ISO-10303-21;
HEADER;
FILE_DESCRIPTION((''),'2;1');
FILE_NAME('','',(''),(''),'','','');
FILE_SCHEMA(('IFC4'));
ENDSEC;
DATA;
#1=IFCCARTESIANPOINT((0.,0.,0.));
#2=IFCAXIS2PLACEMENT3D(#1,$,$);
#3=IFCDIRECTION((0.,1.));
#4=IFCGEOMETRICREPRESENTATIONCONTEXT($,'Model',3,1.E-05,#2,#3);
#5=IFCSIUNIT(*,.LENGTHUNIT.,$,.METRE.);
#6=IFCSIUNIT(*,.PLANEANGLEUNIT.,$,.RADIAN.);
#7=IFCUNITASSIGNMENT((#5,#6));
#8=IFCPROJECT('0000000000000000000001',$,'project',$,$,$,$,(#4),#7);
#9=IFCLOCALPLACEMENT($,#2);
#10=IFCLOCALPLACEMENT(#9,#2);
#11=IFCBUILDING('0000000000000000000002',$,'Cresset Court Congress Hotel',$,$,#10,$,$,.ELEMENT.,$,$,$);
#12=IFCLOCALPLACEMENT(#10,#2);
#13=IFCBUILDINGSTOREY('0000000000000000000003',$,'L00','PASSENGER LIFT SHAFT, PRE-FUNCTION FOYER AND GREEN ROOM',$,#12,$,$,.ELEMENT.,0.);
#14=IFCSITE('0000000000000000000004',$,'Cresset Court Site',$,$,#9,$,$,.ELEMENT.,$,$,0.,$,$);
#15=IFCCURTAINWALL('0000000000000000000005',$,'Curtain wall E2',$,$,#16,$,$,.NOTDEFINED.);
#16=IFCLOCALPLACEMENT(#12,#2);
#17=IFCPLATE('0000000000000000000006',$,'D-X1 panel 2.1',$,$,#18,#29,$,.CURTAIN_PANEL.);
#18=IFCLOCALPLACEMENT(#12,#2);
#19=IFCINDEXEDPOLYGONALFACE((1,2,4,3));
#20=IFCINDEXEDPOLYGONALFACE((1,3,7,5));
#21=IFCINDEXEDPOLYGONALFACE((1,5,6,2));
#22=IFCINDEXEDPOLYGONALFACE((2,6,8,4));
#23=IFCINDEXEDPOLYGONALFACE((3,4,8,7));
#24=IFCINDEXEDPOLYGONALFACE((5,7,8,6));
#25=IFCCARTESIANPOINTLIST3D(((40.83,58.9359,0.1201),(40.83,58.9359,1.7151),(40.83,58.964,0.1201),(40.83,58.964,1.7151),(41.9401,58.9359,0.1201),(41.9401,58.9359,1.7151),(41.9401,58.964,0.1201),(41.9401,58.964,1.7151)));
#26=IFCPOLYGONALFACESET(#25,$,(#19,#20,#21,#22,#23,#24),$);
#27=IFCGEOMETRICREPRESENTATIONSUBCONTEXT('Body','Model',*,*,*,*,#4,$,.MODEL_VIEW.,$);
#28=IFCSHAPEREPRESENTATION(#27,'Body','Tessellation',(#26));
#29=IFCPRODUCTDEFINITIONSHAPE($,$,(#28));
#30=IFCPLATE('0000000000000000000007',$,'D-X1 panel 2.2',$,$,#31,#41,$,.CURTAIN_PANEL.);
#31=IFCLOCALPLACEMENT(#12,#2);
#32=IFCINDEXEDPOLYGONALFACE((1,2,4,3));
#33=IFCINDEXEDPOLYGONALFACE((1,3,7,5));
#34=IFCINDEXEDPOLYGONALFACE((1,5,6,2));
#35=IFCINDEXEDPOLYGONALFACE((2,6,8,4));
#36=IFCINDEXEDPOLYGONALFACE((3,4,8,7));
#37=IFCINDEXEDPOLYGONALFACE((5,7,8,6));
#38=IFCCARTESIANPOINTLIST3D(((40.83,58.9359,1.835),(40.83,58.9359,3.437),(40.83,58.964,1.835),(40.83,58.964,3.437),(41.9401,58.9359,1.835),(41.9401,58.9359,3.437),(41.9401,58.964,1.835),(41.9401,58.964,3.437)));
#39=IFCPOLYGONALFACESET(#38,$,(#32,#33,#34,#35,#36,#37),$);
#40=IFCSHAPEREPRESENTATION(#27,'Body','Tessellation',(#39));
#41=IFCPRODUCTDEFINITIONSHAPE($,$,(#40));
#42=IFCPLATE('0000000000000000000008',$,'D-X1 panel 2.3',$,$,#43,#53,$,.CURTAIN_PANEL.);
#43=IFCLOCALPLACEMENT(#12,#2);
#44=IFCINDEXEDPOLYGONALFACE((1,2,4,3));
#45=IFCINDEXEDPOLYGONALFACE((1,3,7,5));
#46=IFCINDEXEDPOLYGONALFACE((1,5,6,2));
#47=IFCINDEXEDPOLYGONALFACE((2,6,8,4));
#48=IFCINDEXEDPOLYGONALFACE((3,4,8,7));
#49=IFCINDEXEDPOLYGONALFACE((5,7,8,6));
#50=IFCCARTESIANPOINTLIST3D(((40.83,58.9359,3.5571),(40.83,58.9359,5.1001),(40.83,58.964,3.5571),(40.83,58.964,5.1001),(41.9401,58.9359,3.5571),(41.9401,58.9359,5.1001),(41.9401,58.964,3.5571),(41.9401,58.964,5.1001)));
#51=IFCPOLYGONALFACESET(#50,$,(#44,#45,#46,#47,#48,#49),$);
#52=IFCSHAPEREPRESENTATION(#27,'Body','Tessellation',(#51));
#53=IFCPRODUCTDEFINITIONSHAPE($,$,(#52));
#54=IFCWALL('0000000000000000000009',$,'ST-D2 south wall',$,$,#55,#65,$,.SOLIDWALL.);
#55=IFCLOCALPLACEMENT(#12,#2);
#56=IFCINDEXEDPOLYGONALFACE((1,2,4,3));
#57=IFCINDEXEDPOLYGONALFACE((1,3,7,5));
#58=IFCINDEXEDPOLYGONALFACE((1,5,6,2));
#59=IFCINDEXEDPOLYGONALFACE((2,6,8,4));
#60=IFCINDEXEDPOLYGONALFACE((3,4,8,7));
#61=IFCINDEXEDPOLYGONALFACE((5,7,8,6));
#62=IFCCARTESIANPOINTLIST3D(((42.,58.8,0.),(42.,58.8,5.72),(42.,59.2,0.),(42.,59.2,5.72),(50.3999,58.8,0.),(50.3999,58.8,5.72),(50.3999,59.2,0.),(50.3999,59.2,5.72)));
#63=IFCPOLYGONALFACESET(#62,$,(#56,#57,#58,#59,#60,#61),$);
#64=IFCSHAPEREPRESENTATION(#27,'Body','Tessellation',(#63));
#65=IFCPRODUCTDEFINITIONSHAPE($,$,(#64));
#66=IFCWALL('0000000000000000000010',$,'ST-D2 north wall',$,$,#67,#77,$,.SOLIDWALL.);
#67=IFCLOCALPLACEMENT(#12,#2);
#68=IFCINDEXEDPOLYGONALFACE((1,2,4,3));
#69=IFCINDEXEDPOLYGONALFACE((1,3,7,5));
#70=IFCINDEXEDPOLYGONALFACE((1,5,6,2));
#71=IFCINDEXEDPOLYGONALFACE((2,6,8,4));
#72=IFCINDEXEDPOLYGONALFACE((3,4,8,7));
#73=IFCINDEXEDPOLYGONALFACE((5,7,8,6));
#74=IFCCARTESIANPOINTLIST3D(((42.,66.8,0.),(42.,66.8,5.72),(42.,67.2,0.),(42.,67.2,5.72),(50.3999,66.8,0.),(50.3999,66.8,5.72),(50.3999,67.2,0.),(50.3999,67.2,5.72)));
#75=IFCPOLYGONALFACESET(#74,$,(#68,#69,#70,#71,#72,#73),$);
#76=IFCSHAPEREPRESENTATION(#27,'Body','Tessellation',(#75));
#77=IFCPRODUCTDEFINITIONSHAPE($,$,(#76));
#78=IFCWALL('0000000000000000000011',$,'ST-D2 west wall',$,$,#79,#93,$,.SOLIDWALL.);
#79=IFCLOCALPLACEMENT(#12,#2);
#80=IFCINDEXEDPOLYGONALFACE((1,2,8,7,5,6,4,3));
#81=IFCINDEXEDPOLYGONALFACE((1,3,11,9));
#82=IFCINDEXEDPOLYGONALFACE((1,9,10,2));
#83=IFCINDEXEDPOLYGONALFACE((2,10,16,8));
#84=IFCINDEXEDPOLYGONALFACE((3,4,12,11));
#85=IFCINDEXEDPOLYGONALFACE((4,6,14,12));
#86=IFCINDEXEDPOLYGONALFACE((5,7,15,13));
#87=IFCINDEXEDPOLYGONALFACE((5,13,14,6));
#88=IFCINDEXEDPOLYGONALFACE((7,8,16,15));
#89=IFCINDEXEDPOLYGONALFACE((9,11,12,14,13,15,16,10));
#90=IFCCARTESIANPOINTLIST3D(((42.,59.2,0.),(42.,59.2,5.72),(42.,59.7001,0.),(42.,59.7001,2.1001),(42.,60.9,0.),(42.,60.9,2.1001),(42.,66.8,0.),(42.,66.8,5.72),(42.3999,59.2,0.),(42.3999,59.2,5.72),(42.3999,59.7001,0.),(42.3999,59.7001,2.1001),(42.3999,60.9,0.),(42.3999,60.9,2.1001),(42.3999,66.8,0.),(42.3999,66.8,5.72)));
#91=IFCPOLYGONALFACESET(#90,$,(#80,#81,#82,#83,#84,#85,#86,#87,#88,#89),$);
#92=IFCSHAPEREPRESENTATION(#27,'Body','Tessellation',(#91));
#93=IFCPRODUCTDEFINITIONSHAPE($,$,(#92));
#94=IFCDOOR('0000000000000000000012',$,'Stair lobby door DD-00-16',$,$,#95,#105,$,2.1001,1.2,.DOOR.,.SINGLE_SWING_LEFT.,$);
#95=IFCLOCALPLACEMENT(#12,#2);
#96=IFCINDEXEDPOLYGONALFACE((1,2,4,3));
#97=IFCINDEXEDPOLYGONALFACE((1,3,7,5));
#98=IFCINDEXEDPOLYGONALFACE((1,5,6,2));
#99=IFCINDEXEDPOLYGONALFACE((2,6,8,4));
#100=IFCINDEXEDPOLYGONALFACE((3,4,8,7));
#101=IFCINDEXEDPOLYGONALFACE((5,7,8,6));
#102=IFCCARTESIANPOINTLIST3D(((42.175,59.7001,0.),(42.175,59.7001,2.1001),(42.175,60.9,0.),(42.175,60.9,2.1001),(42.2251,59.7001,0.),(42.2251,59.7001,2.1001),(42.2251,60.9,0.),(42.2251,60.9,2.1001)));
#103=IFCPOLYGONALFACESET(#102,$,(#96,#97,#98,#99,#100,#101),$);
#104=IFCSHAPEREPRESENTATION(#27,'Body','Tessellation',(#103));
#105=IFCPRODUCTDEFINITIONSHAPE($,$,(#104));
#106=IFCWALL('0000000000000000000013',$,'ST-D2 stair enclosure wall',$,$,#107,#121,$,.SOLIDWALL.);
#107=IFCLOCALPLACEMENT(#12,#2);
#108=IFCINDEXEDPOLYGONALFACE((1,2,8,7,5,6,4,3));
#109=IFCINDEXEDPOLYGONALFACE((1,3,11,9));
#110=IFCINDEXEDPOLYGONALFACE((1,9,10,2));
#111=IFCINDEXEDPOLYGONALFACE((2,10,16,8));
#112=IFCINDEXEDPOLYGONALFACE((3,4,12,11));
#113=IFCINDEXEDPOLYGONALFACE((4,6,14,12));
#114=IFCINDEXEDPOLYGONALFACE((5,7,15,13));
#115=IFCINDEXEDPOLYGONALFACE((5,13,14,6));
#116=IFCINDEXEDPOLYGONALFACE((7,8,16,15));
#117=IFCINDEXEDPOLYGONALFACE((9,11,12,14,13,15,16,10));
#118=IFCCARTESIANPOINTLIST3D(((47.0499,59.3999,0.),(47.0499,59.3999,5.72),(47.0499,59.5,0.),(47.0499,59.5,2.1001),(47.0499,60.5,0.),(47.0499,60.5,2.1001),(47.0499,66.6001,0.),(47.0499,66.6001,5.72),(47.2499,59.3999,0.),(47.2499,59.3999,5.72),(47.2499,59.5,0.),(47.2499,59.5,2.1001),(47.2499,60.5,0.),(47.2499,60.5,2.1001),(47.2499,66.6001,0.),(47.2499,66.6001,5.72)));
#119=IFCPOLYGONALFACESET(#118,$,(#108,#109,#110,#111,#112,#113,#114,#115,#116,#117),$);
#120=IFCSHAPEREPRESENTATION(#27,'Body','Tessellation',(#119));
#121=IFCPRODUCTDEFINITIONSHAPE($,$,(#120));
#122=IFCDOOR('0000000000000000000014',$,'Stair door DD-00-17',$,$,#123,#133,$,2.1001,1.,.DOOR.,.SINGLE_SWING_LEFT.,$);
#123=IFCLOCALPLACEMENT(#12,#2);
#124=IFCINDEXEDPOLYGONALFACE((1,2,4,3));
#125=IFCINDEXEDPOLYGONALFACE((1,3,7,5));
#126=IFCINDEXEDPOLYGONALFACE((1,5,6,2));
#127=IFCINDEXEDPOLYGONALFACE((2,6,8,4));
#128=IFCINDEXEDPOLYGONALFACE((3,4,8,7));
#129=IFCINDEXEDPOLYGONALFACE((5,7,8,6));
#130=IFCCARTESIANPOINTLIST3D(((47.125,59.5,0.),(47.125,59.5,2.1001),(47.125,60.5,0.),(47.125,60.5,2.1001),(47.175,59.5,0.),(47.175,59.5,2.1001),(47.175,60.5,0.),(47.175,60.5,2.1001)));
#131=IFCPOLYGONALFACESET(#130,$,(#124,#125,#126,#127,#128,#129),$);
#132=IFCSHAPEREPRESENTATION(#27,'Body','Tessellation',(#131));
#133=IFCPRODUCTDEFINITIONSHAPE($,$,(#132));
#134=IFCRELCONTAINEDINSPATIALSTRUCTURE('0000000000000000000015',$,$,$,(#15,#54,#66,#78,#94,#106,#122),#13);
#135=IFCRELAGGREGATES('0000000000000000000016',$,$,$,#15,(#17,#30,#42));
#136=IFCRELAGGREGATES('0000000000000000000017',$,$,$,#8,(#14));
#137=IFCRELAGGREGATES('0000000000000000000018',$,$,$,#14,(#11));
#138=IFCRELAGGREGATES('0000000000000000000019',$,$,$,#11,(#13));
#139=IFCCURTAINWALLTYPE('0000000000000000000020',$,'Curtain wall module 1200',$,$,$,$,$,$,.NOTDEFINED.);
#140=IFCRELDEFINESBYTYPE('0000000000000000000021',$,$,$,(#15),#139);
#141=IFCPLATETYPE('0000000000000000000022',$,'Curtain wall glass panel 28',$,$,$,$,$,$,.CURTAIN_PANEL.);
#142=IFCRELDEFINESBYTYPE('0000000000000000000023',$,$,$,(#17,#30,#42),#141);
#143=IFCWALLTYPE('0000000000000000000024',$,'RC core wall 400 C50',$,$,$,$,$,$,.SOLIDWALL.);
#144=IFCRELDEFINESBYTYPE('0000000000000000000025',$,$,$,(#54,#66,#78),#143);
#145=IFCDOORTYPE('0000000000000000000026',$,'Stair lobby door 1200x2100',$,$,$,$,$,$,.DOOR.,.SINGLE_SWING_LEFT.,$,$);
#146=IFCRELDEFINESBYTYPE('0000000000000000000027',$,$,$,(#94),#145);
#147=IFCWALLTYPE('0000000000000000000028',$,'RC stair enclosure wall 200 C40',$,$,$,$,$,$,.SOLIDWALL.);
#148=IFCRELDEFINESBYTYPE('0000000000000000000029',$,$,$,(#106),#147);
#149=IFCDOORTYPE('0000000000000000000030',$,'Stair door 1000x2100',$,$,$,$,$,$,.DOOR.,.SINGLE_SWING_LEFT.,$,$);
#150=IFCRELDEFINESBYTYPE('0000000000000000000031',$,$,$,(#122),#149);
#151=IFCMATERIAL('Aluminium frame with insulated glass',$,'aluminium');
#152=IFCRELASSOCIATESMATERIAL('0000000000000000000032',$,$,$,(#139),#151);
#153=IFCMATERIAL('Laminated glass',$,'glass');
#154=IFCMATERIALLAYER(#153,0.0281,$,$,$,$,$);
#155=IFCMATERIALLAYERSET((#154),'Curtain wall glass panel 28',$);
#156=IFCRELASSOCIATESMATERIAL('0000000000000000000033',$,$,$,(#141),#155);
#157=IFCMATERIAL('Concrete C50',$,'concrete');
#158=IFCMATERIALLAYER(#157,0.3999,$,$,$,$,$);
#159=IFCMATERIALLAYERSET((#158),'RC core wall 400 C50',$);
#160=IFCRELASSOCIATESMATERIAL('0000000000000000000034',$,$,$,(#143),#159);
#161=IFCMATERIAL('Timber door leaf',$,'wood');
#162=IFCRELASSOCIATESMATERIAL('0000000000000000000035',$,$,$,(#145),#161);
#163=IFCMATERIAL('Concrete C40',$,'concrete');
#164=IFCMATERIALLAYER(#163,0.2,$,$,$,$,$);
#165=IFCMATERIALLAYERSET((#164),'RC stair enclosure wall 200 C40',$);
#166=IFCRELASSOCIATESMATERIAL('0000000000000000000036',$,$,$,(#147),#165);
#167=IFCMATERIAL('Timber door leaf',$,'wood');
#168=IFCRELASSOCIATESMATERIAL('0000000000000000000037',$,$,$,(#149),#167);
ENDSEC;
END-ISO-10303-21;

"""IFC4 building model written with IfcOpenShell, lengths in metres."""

from ifc_helpers import new_model, si_unit, direction, frame, frame_2d, origin, origin_2d, place, context, subcontext, project, spatial, rectangle, extrude, material, layer, layer_set, type_object, element, fill, aggregate, save


model = new_model("IFC4")

# Units and contexts
model_context = context("Model", 3, precision=1e-05, world=origin(), true_north=direction((0.0, 1.0)))
body_context = subcontext(model_context, "Body", "Model", "MODEL_VIEW")
ifc_project = project(units=[si_unit("LENGTHUNIT", "METRE"), si_unit("PLANEANGLEUNIT", "RADIAN")], contexts=[model_context])

# Site, building, storey
site_placement = place(None, origin())
site = spatial("IfcSite", under=ifc_project, at=site_placement, Name="Cresset Court Site", CompositionType="ELEMENT", RefElevation=0.0)
building_placement = place(site_placement, origin())
building = spatial("IfcBuilding", under=site, at=building_placement, Name="Cresset Court Congress Hotel", CompositionType="ELEMENT")
storey_placement = place(building_placement, origin())
storey = spatial("IfcBuildingStorey", under=building, at=storey_placement, Name="L00", Description="PASSENGER LIFT SHAFT, PRE-FUNCTION FOYER AND GREEN ROOM", CompositionType="ELEMENT", Elevation=0.0)

# Curtain wall, plates
ifc_material_1 = material(Name="Aluminium frame with insulated glass", Category="aluminium")
curtain_wall_type = type_object("IfcCurtainWallType", Name="Curtain wall module 1200", PredefinedType="NOTDEFINED", material=ifc_material_1)
curtain_wall_placement = place(storey_placement, origin())
curtain_wall = element("IfcCurtainWall", 1, at=curtain_wall_placement, inside=storey, type_object=curtain_wall_type, Name="Curtain wall E2", PredefinedType="NOTDEFINED")
ifc_material_2 = material(Name="Laminated glass", Category="glass")
ifc_layer_1 = layer(ifc_material_2, 0.0281)
ifc_layer_set_1 = layer_set([ifc_layer_1], Name="Curtain wall glass panel 28")
plate_type = type_object("IfcPlateType", Name="Curtain wall glass panel 28", PredefinedType="CURTAIN_PANEL", material=ifc_layer_set_1)
plate_1_placement = place(storey_placement, frame((41.385, 58.95, 0.1201), z_axis=(0.0, 0.0, 1.0), x_axis=(1.0, 0.0, 0.0)))
plate_1 = element("IfcPlate", 2, at=plate_1_placement, type_object=plate_type, Name="D-X1 panel 2.1", PredefinedType="CURTAIN_PANEL", context=body_context, shape_type="SweptSolid", body=[
    extrude(rectangle(XDim=1.1101, YDim=0.0281, at=origin_2d()), origin(), (0.0, 0.0, 1.0), 1.595),
])
plate_2_placement = place(storey_placement, frame((41.385, 58.95, 1.835), z_axis=(0.0, 0.0, 1.0), x_axis=(1.0, 0.0, 0.0)))
plate_2 = element("IfcPlate", 3, at=plate_2_placement, type_object=plate_type, Name="D-X1 panel 2.2", PredefinedType="CURTAIN_PANEL", context=body_context, shape_type="SweptSolid", body=[
    extrude(rectangle(XDim=1.1101, YDim=0.0281, at=origin_2d()), origin(), (0.0, 0.0, 1.0), 1.6021),
])
plate_3_placement = place(storey_placement, frame((41.385, 58.95, 3.5571), z_axis=(0.0, 0.0, 1.0), x_axis=(1.0, 0.0, 0.0)))
plate_3 = element("IfcPlate", 4, at=plate_3_placement, type_object=plate_type, Name="D-X1 panel 2.3", PredefinedType="CURTAIN_PANEL", context=body_context, shape_type="SweptSolid", body=[
    extrude(rectangle(XDim=1.1101, YDim=0.0281, at=origin_2d()), origin(), (0.0, 0.0, 1.0), 1.543),
])
aggregate(curtain_wall, [plate_1, plate_2, plate_3])

# Walls
ifc_material_3 = material(Name="Concrete C50", Category="concrete")
ifc_layer_2 = layer(ifc_material_3, 0.3999)
ifc_layer_set_2 = layer_set([ifc_layer_2], Name="RC core wall 400 C50")
wall_type_1 = type_object("IfcWallType", Name="RC core wall 400 C50", PredefinedType="SOLIDWALL", material=ifc_layer_set_2)
for number, where, z_axis, x_axis, name in (
    (5, (42.0, 59.0, 0.0), (0.0, 0.0, 1.0), (1.0, 0.0, 0.0), "ST-D2 south wall"),
    (6, (42.0, 67.0, 0.0), (0.0, 0.0, 1.0), (1.0, 0.0, 0.0), "ST-D2 north wall"),
):
    element("IfcWall", number, at=place(storey_placement, frame(where, z_axis=z_axis, x_axis=x_axis)), inside=storey, type_object=wall_type_1, Name=name, PredefinedType="SOLIDWALL", context=body_context, shape_type="SweptSolid", body=[
        extrude(rectangle(XDim=8.3999, YDim=0.3999, at=frame_2d((4.2, 0.0))), origin(), (0.0, 0.0, 1.0), 5.72),
    ])

# Walls, openings, doors
wall_1_placement = place(storey_placement, frame((42.2, 59.2, 0.0), z_axis=(0.0, 0.0, 1.0), x_axis=(0.0, 1.0, 0.0)))
wall_1 = element("IfcWall", 7, at=wall_1_placement, inside=storey, type_object=wall_type_1, Name="ST-D2 west wall", PredefinedType="SOLIDWALL", context=body_context, shape_type="SweptSolid", body=[
    extrude(rectangle(XDim=7.6001, YDim=0.3999, at=frame_2d((3.8, 0.0))), origin(), (0.0, 0.0, 1.0), 5.72),
])
opening_1_placement = place(wall_1_placement, frame((0.5, 0.0, 0.0)))
opening_1 = element("IfcOpeningElement", 8, at=opening_1_placement, cuts=wall_1, PredefinedType="OPENING", context=body_context, shape_type="SweptSolid", body=[
    extrude(rectangle(XDim=1.2, YDim=2.1001, at=frame_2d((0.6001, 1.05))), frame((0.0, 0.21, 0.0), z_axis=(0.0, -1.0, 0.0), x_axis=(1.0, 0.0, 0.0)), (0.0, 0.0, 1.0), 0.4199),
])
ifc_material_4 = material(Name="Timber door leaf", Category="wood")
door_type_1 = type_object("IfcDoorType", Name="Stair lobby door 1200x2100", OperationType="SINGLE_SWING_LEFT", PredefinedType="DOOR", material=ifc_material_4)
door_1_placement = place(opening_1_placement, origin())
door_1 = element("IfcDoor", 9, at=door_1_placement, inside=storey, type_object=door_type_1, Name="Stair lobby door DD-00-16", OperationType="SINGLE_SWING_LEFT", OverallHeight=2.1001, OverallWidth=1.2, PredefinedType="DOOR", context=body_context, shape_type="SweptSolid", body=[
    extrude(rectangle(XDim=1.2, YDim=2.1001, at=frame_2d((0.6001, 1.05))), frame((0.0, 0.0249, 0.0), z_axis=(0.0, -1.0, 0.0), x_axis=(1.0, 0.0, 0.0)), (0.0, 0.0, 1.0), 0.05),
])
fill(opening_1, door_1)
ifc_material_5 = material(Name="Concrete C40", Category="concrete")
ifc_layer_3 = layer(ifc_material_5, 0.2)
ifc_layer_set_3 = layer_set([ifc_layer_3], Name="RC stair enclosure wall 200 C40")
wall_type_2 = type_object("IfcWallType", Name="RC stair enclosure wall 200 C40", PredefinedType="SOLIDWALL", material=ifc_layer_set_3)
wall_2_placement = place(storey_placement, frame((47.1499, 59.3999, 0.0), z_axis=(0.0, 0.0, 1.0), x_axis=(0.0, 1.0, 0.0)))
wall_2 = element("IfcWall", 10, at=wall_2_placement, inside=storey, type_object=wall_type_2, Name="ST-D2 stair enclosure wall", PredefinedType="SOLIDWALL", context=body_context, shape_type="SweptSolid", body=[
    extrude(rectangle(XDim=7.2002, YDim=0.2, at=frame_2d((3.6001, 0.0))), origin(), (0.0, 0.0, 1.0), 5.72),
])
opening_2_placement = place(wall_2_placement, frame((0.1001, 0.0, 0.0)))
opening_2 = element("IfcOpeningElement", 11, at=opening_2_placement, cuts=wall_2, PredefinedType="OPENING", context=body_context, shape_type="SweptSolid", body=[
    extrude(rectangle(XDim=1.0, YDim=2.1001, at=frame_2d((0.5, 1.05))), frame((0.0, 0.1099, 0.0), z_axis=(0.0, -1.0, 0.0), x_axis=(1.0, 0.0, 0.0)), (0.0, 0.0, 1.0), 0.22),
])
ifc_material_6 = material(Name="Timber door leaf", Category="wood")
door_type_2 = type_object("IfcDoorType", Name="Stair door 1000x2100", OperationType="SINGLE_SWING_LEFT", PredefinedType="DOOR", material=ifc_material_6)
door_2_placement = place(opening_2_placement, origin())
door_2 = element("IfcDoor", 12, at=door_2_placement, inside=storey, type_object=door_type_2, Name="Stair door DD-00-17", OperationType="SINGLE_SWING_LEFT", OverallHeight=2.1001, OverallWidth=1.0, PredefinedType="DOOR", context=body_context, shape_type="SweptSolid", body=[
    extrude(rectangle(XDim=1.0, YDim=2.1001, at=frame_2d((0.5, 1.05))), frame((0.0, 0.0249, 0.0), z_axis=(0.0, -1.0, 0.0), x_axis=(1.0, 0.0, 0.0)), (0.0, 0.0, 1.0), 0.05),
])
fill(opening_2, door_2)

save(model, "model.ifc")
